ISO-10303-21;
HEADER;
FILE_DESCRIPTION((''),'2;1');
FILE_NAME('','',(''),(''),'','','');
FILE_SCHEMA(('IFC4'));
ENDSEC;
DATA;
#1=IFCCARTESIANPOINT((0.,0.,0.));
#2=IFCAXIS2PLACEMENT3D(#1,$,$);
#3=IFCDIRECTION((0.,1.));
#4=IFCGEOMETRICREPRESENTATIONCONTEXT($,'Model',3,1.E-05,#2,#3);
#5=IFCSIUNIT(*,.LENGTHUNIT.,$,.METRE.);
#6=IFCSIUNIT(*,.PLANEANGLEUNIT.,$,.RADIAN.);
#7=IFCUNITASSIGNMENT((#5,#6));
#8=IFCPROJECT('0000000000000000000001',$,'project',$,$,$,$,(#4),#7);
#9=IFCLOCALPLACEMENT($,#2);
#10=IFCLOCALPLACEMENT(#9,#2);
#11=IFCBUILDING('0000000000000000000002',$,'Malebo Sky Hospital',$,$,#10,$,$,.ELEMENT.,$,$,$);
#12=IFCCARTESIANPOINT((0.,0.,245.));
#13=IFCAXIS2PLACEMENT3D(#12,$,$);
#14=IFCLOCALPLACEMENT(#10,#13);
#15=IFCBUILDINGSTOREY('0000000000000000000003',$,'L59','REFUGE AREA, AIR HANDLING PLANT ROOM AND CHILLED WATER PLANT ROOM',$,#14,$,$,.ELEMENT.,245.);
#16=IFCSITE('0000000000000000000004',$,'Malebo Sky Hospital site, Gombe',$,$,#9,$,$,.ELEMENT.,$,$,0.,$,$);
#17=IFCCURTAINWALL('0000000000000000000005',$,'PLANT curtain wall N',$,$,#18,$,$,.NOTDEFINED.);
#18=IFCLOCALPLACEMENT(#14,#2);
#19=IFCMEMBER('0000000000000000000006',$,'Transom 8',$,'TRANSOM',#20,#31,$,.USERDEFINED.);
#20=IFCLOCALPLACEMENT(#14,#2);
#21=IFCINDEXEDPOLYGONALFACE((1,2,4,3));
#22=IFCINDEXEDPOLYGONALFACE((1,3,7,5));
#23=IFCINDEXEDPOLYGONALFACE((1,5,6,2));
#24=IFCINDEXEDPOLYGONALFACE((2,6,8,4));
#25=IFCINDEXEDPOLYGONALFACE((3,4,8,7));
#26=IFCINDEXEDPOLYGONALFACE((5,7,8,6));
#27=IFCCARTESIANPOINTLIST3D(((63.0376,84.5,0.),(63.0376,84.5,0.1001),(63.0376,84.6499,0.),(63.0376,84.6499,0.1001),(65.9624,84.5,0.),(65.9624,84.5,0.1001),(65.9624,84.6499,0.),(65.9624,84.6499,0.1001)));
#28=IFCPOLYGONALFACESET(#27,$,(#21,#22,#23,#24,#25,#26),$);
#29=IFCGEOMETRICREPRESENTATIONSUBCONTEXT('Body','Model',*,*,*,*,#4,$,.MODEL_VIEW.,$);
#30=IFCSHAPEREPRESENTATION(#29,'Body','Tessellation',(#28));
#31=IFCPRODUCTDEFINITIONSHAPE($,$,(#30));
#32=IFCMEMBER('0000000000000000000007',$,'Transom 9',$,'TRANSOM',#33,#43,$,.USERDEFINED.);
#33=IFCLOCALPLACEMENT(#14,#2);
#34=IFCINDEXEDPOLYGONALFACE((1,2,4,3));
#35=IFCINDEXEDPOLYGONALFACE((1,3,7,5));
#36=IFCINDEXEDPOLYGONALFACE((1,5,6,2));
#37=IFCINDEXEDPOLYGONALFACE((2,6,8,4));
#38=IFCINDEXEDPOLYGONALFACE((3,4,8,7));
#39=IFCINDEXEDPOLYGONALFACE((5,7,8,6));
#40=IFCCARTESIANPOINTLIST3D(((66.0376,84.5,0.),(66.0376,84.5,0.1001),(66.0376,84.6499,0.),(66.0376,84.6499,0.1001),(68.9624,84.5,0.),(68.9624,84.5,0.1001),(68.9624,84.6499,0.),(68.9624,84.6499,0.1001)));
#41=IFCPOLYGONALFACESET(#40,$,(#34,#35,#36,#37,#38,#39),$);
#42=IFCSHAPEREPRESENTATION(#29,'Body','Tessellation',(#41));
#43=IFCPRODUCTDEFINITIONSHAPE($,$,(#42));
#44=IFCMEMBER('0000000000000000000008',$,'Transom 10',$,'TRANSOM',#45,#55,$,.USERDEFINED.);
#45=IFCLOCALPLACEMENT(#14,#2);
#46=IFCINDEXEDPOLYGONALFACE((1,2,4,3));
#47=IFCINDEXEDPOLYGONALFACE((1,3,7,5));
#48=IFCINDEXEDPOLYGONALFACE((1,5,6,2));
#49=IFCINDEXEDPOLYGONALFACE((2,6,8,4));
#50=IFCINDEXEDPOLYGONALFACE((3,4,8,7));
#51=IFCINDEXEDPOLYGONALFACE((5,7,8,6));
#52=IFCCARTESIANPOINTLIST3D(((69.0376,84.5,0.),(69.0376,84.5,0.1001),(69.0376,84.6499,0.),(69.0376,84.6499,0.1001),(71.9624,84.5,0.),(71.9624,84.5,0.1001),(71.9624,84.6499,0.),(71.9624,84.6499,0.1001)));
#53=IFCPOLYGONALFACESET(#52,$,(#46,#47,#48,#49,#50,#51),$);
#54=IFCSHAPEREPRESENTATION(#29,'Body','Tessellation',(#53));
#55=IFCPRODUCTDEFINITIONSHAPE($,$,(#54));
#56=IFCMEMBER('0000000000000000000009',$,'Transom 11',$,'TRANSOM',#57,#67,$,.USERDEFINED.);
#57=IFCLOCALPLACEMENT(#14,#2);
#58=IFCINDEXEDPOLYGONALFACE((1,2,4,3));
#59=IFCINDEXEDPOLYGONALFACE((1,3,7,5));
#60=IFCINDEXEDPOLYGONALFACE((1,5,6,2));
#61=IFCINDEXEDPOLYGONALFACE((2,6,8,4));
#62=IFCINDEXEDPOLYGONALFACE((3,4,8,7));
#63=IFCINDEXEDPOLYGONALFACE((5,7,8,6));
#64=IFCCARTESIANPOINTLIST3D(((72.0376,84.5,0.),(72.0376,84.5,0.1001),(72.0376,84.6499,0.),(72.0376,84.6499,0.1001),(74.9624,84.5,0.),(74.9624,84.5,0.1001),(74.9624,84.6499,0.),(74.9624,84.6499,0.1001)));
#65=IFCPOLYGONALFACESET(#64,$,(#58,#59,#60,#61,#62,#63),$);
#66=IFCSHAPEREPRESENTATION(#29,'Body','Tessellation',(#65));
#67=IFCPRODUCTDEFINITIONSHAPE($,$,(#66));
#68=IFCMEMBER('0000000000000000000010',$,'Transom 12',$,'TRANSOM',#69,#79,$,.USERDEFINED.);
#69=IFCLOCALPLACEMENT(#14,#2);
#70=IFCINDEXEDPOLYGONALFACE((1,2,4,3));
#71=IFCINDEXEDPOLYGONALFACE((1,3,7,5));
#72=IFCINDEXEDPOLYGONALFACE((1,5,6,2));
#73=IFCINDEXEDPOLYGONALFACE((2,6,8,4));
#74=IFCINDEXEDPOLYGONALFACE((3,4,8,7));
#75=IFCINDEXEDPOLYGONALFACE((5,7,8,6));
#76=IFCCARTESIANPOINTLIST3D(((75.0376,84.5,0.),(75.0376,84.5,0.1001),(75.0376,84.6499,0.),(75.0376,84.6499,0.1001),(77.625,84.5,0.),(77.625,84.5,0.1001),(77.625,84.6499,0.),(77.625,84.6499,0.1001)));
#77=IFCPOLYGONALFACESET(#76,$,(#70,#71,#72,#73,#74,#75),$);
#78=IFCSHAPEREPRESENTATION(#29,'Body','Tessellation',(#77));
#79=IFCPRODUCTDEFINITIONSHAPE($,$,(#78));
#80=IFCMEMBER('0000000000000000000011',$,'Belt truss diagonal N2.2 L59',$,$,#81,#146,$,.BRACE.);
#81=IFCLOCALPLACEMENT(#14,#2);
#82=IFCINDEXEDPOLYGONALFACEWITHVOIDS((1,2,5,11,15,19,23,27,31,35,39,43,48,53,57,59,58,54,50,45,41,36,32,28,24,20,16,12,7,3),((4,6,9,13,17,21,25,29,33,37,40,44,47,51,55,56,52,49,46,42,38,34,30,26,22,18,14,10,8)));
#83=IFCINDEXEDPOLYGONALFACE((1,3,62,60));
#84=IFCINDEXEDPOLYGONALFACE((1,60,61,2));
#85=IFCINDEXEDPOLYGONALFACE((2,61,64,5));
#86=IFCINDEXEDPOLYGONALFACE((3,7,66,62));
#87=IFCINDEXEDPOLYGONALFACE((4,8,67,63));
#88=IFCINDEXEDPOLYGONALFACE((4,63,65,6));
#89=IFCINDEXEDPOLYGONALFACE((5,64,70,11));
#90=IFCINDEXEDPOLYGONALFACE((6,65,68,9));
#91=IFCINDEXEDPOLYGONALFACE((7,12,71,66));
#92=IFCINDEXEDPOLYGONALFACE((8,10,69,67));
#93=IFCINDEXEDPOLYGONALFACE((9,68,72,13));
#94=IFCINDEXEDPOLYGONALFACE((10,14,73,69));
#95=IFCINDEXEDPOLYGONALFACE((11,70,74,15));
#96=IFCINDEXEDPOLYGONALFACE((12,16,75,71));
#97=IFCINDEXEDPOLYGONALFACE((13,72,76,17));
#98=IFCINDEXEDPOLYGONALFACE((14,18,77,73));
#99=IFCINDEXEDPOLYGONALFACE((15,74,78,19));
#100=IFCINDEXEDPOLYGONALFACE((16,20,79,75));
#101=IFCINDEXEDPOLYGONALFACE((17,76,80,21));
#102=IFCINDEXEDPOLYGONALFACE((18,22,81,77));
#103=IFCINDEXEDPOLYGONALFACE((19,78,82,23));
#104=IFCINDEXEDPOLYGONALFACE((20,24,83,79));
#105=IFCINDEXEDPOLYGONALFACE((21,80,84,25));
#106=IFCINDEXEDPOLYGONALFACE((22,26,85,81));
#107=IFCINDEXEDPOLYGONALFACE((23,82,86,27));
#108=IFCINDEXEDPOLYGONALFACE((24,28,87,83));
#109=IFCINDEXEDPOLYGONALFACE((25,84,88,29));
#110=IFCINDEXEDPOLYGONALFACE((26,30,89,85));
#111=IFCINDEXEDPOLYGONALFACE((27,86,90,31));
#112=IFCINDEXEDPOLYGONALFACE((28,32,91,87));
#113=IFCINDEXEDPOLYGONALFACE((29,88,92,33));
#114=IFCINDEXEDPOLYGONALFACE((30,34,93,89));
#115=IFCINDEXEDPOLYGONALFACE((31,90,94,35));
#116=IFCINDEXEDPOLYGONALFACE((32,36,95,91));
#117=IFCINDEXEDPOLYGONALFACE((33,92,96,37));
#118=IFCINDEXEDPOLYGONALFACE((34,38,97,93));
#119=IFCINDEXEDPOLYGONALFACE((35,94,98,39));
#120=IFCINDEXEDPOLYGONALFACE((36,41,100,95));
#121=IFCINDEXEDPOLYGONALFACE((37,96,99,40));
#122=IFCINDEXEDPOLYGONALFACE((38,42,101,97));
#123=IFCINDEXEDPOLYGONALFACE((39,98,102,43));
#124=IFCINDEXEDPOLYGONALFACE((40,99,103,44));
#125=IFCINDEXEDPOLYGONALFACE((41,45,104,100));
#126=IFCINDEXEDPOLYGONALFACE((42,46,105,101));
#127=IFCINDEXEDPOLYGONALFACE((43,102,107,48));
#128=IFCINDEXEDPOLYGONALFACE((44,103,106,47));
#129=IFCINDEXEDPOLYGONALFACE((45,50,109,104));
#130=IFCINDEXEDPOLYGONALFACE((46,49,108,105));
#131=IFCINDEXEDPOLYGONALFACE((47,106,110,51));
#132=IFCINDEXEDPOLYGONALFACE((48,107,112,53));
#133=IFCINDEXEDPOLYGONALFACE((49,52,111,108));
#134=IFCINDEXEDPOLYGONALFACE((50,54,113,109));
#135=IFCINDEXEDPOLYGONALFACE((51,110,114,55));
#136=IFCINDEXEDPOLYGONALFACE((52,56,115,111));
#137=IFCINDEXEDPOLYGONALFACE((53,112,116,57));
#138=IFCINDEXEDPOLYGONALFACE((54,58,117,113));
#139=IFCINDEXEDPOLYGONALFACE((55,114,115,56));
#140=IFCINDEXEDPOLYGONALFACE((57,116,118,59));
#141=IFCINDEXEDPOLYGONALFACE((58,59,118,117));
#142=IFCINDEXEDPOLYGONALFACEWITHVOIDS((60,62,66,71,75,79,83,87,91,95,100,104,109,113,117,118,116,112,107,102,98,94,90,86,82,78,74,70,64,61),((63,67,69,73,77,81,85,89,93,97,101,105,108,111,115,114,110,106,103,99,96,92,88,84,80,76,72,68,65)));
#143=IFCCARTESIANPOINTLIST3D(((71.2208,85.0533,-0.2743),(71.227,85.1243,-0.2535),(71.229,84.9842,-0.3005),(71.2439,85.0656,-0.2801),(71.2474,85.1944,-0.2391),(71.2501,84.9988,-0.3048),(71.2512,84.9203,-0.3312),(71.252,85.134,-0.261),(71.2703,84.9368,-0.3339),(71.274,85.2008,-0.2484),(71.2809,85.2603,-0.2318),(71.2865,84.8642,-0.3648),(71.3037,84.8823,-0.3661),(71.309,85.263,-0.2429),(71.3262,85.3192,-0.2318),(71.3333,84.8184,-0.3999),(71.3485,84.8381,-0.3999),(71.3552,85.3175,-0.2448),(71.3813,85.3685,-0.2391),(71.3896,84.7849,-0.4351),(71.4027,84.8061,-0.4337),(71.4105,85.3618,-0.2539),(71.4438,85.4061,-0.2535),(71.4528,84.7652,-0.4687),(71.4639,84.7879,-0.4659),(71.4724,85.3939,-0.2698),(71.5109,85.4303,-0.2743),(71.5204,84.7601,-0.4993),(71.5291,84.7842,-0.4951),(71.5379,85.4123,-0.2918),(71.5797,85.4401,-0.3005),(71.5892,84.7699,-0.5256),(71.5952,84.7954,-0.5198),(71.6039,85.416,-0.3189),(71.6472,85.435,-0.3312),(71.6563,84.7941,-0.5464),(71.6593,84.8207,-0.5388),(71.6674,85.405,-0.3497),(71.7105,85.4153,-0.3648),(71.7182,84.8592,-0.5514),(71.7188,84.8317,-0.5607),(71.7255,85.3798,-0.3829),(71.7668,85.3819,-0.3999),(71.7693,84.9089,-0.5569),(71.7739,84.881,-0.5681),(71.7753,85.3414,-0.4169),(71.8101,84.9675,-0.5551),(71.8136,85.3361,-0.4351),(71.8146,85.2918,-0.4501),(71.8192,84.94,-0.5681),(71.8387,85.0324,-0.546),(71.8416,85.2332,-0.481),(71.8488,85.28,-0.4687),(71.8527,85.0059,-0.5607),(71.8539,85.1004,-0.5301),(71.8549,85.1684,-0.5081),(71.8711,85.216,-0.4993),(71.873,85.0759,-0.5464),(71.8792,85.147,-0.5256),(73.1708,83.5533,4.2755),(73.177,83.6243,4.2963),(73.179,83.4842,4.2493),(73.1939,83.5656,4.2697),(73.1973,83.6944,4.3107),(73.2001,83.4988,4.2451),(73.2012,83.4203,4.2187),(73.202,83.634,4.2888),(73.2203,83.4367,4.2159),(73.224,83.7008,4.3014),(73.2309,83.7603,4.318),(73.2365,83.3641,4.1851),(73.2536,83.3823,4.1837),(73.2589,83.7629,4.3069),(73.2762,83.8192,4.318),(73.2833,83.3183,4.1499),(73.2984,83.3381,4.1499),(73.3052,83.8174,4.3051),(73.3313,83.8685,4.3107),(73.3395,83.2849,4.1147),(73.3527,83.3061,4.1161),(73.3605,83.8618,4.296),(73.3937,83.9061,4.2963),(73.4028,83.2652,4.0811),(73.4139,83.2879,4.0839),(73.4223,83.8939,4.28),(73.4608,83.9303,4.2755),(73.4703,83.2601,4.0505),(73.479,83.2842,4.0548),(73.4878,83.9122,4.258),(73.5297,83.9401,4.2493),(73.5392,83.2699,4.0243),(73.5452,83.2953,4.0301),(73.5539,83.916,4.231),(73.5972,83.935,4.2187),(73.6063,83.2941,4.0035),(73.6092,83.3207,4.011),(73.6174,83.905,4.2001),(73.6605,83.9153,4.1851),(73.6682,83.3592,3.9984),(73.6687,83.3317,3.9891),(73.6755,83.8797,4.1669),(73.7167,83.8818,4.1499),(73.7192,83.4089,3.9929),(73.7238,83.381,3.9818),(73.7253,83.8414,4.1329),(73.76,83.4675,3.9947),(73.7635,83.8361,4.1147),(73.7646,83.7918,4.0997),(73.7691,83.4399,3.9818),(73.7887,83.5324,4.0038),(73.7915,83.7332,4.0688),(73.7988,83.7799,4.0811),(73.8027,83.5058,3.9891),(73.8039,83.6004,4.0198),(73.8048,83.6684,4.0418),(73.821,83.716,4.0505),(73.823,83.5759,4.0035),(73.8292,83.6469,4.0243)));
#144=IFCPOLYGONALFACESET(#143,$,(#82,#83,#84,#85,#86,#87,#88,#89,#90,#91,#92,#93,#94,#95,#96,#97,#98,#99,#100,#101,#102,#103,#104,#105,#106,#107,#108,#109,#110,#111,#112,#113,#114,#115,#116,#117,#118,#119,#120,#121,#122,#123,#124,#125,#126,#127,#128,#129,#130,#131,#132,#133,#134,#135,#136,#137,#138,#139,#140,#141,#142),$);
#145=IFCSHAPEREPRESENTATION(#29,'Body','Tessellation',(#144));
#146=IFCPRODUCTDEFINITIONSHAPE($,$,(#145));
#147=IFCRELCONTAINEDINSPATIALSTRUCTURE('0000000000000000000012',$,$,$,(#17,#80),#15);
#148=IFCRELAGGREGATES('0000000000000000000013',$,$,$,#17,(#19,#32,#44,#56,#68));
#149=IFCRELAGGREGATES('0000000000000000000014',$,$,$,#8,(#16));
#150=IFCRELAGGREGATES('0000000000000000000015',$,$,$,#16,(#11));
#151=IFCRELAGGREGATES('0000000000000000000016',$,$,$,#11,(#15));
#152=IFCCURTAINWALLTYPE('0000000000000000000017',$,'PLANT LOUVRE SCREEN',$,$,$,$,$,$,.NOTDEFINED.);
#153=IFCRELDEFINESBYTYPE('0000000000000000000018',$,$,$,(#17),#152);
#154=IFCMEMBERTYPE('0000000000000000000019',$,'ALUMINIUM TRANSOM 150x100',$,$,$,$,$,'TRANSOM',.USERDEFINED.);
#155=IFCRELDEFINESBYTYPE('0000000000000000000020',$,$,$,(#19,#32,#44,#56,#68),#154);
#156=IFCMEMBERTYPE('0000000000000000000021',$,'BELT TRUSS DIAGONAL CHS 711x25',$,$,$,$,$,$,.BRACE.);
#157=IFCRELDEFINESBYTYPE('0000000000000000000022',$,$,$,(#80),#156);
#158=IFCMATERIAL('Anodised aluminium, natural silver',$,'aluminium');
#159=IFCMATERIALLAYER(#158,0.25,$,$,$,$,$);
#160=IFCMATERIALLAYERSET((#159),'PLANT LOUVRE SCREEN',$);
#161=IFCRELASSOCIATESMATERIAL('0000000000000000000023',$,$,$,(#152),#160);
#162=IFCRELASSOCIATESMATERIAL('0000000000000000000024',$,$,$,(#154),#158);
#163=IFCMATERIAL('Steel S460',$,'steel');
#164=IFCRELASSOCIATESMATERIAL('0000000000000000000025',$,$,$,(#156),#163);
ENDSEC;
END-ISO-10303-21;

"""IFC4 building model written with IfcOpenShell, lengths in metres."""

from ifc_helpers import new_model, si_unit, direction, frame, origin, origin_2d, place, context, subcontext, project, spatial, rectangle, hollow_circle, extrude, material, layer, layer_set, material_profile, profile_set, type_object, element, aggregate, save


model = new_model("IFC4")

# Units and contexts
model_context = context("Model", 3, precision=1e-05, world=origin(), true_north=direction((0.0, 1.0)))
body_context = subcontext(model_context, "Body", "Model", "MODEL_VIEW")
ifc_project = project(units=[si_unit("LENGTHUNIT", "METRE"), si_unit("PLANEANGLEUNIT", "RADIAN")], contexts=[model_context])

# Site, building, storey
site_placement = place(None, origin())
site = spatial("IfcSite", under=ifc_project, at=site_placement, Name="Malebo Sky Hospital site, Gombe", CompositionType="ELEMENT", RefElevation=0.0)
building_placement = place(site_placement, origin())
building = spatial("IfcBuilding", under=site, at=building_placement, Name="Malebo Sky Hospital", CompositionType="ELEMENT")
storey_placement = place(building_placement, frame((0.0, 0.0, 245.0)))
storey = spatial("IfcBuildingStorey", under=building, at=storey_placement, Name="L59", Description="REFUGE AREA, AIR HANDLING PLANT ROOM AND CHILLED WATER PLANT ROOM", CompositionType="ELEMENT", Elevation=245.0)

# Curtain wall, members
ifc_material_1 = material(Name="Anodised aluminium, natural silver", Category="aluminium")
ifc_layer_1 = layer(ifc_material_1, 0.25)
ifc_layer_set_1 = layer_set([ifc_layer_1], Name="PLANT LOUVRE SCREEN")
curtain_wall_type = type_object("IfcCurtainWallType", Name="PLANT LOUVRE SCREEN", PredefinedType="NOTDEFINED", material=ifc_layer_set_1)
curtain_wall_placement = place(storey_placement, origin())
curtain_wall = element("IfcCurtainWall", 1, at=curtain_wall_placement, inside=storey, type_object=curtain_wall_type, Name="PLANT curtain wall N", PredefinedType="NOTDEFINED")
ifc_material_profile_1 = material_profile(ifc_material_1, rectangle(XDim=0.1499, YDim=0.1001, at=origin_2d()), Name="ALUMINIUM TRANSOM 150x100")
ifc_profile_set_1 = profile_set([ifc_material_profile_1], Name="Anodised aluminium, natural silver")
member_type_1 = type_object("IfcMemberType", Name="ALUMINIUM TRANSOM 150x100", ElementType="TRANSOM", PredefinedType="USERDEFINED", material=ifc_profile_set_1)
member_1_placement = place(storey_placement, frame((63.0376, 84.575, 0.05), z_axis=(1.0, 0.0, 0.0), x_axis=(0.0, 1.0, 0.0)))
member_1 = element("IfcMember", 2, at=member_1_placement, type_object=member_type_1, Name="Transom 8", ObjectType="TRANSOM", PredefinedType="USERDEFINED", context=body_context, shape_type="SweptSolid", body=[
    extrude(rectangle(XDim=0.1499, YDim=0.1001, at=origin_2d()), origin(), (0.0, 0.0, 1.0), 2.9248),
])
member_2_placement = place(storey_placement, frame((66.0376, 84.575, 0.05), z_axis=(1.0, 0.0, 0.0), x_axis=(0.0, 1.0, 0.0)))
member_2 = element("IfcMember", 3, at=member_2_placement, type_object=member_type_1, Name="Transom 9", ObjectType="TRANSOM", PredefinedType="USERDEFINED", context=body_context, shape_type="SweptSolid", body=[
    extrude(rectangle(XDim=0.1499, YDim=0.1001, at=origin_2d()), origin(), (0.0, 0.0, 1.0), 2.9248),
])
member_3_placement = place(storey_placement, frame((69.0376, 84.575, 0.05), z_axis=(1.0, 0.0, 0.0), x_axis=(0.0, 1.0, 0.0)))
member_3 = element("IfcMember", 4, at=member_3_placement, type_object=member_type_1, Name="Transom 10", ObjectType="TRANSOM", PredefinedType="USERDEFINED", context=body_context, shape_type="SweptSolid", body=[
    extrude(rectangle(XDim=0.1499, YDim=0.1001, at=origin_2d()), origin(), (0.0, 0.0, 1.0), 2.9248),
])
member_4_placement = place(storey_placement, frame((72.0376, 84.575, 0.05), z_axis=(1.0, 0.0, 0.0), x_axis=(0.0, 1.0, 0.0)))
member_4 = element("IfcMember", 5, at=member_4_placement, type_object=member_type_1, Name="Transom 11", ObjectType="TRANSOM", PredefinedType="USERDEFINED", context=body_context, shape_type="SweptSolid", body=[
    extrude(rectangle(XDim=0.1499, YDim=0.1001, at=origin_2d()), origin(), (0.0, 0.0, 1.0), 2.9248),
])
member_5_placement = place(storey_placement, frame((75.0376, 84.575, 0.05), z_axis=(1.0, 0.0, 0.0), x_axis=(0.0, 1.0, 0.0)))
member_5 = element("IfcMember", 6, at=member_5_placement, type_object=member_type_1, Name="Transom 12", ObjectType="TRANSOM", PredefinedType="USERDEFINED", context=body_context, shape_type="SweptSolid", body=[
    extrude(rectangle(XDim=0.1499, YDim=0.1001, at=origin_2d()), origin(), (0.0, 0.0, 1.0), 2.5874),
])

# Member
ifc_material_2 = material(Name="Steel S460", Category="steel")
ifc_material_profile_2 = material_profile(ifc_material_2, hollow_circle(Radius=0.3555, WallThickness=0.0249, at=origin_2d()), Name="CHS 711x25")
ifc_profile_set_2 = profile_set([ifc_material_profile_2], Name="Steel S460")
member_type_2 = type_object("IfcMemberType", Name="BELT TRUSS DIAGONAL CHS 711x25", PredefinedType="BRACE", material=ifc_profile_set_2)
member_6_placement = place(storey_placement, frame((73.5, 83.6001, 4.1499), z_axis=(-0.376996, 0.290005, -0.879643), x_axis=(-0.60972, -0.792617, 0.0)))
element("IfcMember", 7, at=member_6_placement, inside=storey, type_object=member_type_2, Name="Belt truss diagonal N2.2 L59", PredefinedType="BRACE", context=body_context, shape_type="SweptSolid", body=[
    extrude(hollow_circle(Radius=0.3555, WallThickness=0.0249, at=origin_2d()), origin(), (0.0, 0.0, 1.0), 5.1724),
])

aggregate(curtain_wall, [member_1, member_2, member_3, member_4, member_5])

save(model, "model.ifc")
